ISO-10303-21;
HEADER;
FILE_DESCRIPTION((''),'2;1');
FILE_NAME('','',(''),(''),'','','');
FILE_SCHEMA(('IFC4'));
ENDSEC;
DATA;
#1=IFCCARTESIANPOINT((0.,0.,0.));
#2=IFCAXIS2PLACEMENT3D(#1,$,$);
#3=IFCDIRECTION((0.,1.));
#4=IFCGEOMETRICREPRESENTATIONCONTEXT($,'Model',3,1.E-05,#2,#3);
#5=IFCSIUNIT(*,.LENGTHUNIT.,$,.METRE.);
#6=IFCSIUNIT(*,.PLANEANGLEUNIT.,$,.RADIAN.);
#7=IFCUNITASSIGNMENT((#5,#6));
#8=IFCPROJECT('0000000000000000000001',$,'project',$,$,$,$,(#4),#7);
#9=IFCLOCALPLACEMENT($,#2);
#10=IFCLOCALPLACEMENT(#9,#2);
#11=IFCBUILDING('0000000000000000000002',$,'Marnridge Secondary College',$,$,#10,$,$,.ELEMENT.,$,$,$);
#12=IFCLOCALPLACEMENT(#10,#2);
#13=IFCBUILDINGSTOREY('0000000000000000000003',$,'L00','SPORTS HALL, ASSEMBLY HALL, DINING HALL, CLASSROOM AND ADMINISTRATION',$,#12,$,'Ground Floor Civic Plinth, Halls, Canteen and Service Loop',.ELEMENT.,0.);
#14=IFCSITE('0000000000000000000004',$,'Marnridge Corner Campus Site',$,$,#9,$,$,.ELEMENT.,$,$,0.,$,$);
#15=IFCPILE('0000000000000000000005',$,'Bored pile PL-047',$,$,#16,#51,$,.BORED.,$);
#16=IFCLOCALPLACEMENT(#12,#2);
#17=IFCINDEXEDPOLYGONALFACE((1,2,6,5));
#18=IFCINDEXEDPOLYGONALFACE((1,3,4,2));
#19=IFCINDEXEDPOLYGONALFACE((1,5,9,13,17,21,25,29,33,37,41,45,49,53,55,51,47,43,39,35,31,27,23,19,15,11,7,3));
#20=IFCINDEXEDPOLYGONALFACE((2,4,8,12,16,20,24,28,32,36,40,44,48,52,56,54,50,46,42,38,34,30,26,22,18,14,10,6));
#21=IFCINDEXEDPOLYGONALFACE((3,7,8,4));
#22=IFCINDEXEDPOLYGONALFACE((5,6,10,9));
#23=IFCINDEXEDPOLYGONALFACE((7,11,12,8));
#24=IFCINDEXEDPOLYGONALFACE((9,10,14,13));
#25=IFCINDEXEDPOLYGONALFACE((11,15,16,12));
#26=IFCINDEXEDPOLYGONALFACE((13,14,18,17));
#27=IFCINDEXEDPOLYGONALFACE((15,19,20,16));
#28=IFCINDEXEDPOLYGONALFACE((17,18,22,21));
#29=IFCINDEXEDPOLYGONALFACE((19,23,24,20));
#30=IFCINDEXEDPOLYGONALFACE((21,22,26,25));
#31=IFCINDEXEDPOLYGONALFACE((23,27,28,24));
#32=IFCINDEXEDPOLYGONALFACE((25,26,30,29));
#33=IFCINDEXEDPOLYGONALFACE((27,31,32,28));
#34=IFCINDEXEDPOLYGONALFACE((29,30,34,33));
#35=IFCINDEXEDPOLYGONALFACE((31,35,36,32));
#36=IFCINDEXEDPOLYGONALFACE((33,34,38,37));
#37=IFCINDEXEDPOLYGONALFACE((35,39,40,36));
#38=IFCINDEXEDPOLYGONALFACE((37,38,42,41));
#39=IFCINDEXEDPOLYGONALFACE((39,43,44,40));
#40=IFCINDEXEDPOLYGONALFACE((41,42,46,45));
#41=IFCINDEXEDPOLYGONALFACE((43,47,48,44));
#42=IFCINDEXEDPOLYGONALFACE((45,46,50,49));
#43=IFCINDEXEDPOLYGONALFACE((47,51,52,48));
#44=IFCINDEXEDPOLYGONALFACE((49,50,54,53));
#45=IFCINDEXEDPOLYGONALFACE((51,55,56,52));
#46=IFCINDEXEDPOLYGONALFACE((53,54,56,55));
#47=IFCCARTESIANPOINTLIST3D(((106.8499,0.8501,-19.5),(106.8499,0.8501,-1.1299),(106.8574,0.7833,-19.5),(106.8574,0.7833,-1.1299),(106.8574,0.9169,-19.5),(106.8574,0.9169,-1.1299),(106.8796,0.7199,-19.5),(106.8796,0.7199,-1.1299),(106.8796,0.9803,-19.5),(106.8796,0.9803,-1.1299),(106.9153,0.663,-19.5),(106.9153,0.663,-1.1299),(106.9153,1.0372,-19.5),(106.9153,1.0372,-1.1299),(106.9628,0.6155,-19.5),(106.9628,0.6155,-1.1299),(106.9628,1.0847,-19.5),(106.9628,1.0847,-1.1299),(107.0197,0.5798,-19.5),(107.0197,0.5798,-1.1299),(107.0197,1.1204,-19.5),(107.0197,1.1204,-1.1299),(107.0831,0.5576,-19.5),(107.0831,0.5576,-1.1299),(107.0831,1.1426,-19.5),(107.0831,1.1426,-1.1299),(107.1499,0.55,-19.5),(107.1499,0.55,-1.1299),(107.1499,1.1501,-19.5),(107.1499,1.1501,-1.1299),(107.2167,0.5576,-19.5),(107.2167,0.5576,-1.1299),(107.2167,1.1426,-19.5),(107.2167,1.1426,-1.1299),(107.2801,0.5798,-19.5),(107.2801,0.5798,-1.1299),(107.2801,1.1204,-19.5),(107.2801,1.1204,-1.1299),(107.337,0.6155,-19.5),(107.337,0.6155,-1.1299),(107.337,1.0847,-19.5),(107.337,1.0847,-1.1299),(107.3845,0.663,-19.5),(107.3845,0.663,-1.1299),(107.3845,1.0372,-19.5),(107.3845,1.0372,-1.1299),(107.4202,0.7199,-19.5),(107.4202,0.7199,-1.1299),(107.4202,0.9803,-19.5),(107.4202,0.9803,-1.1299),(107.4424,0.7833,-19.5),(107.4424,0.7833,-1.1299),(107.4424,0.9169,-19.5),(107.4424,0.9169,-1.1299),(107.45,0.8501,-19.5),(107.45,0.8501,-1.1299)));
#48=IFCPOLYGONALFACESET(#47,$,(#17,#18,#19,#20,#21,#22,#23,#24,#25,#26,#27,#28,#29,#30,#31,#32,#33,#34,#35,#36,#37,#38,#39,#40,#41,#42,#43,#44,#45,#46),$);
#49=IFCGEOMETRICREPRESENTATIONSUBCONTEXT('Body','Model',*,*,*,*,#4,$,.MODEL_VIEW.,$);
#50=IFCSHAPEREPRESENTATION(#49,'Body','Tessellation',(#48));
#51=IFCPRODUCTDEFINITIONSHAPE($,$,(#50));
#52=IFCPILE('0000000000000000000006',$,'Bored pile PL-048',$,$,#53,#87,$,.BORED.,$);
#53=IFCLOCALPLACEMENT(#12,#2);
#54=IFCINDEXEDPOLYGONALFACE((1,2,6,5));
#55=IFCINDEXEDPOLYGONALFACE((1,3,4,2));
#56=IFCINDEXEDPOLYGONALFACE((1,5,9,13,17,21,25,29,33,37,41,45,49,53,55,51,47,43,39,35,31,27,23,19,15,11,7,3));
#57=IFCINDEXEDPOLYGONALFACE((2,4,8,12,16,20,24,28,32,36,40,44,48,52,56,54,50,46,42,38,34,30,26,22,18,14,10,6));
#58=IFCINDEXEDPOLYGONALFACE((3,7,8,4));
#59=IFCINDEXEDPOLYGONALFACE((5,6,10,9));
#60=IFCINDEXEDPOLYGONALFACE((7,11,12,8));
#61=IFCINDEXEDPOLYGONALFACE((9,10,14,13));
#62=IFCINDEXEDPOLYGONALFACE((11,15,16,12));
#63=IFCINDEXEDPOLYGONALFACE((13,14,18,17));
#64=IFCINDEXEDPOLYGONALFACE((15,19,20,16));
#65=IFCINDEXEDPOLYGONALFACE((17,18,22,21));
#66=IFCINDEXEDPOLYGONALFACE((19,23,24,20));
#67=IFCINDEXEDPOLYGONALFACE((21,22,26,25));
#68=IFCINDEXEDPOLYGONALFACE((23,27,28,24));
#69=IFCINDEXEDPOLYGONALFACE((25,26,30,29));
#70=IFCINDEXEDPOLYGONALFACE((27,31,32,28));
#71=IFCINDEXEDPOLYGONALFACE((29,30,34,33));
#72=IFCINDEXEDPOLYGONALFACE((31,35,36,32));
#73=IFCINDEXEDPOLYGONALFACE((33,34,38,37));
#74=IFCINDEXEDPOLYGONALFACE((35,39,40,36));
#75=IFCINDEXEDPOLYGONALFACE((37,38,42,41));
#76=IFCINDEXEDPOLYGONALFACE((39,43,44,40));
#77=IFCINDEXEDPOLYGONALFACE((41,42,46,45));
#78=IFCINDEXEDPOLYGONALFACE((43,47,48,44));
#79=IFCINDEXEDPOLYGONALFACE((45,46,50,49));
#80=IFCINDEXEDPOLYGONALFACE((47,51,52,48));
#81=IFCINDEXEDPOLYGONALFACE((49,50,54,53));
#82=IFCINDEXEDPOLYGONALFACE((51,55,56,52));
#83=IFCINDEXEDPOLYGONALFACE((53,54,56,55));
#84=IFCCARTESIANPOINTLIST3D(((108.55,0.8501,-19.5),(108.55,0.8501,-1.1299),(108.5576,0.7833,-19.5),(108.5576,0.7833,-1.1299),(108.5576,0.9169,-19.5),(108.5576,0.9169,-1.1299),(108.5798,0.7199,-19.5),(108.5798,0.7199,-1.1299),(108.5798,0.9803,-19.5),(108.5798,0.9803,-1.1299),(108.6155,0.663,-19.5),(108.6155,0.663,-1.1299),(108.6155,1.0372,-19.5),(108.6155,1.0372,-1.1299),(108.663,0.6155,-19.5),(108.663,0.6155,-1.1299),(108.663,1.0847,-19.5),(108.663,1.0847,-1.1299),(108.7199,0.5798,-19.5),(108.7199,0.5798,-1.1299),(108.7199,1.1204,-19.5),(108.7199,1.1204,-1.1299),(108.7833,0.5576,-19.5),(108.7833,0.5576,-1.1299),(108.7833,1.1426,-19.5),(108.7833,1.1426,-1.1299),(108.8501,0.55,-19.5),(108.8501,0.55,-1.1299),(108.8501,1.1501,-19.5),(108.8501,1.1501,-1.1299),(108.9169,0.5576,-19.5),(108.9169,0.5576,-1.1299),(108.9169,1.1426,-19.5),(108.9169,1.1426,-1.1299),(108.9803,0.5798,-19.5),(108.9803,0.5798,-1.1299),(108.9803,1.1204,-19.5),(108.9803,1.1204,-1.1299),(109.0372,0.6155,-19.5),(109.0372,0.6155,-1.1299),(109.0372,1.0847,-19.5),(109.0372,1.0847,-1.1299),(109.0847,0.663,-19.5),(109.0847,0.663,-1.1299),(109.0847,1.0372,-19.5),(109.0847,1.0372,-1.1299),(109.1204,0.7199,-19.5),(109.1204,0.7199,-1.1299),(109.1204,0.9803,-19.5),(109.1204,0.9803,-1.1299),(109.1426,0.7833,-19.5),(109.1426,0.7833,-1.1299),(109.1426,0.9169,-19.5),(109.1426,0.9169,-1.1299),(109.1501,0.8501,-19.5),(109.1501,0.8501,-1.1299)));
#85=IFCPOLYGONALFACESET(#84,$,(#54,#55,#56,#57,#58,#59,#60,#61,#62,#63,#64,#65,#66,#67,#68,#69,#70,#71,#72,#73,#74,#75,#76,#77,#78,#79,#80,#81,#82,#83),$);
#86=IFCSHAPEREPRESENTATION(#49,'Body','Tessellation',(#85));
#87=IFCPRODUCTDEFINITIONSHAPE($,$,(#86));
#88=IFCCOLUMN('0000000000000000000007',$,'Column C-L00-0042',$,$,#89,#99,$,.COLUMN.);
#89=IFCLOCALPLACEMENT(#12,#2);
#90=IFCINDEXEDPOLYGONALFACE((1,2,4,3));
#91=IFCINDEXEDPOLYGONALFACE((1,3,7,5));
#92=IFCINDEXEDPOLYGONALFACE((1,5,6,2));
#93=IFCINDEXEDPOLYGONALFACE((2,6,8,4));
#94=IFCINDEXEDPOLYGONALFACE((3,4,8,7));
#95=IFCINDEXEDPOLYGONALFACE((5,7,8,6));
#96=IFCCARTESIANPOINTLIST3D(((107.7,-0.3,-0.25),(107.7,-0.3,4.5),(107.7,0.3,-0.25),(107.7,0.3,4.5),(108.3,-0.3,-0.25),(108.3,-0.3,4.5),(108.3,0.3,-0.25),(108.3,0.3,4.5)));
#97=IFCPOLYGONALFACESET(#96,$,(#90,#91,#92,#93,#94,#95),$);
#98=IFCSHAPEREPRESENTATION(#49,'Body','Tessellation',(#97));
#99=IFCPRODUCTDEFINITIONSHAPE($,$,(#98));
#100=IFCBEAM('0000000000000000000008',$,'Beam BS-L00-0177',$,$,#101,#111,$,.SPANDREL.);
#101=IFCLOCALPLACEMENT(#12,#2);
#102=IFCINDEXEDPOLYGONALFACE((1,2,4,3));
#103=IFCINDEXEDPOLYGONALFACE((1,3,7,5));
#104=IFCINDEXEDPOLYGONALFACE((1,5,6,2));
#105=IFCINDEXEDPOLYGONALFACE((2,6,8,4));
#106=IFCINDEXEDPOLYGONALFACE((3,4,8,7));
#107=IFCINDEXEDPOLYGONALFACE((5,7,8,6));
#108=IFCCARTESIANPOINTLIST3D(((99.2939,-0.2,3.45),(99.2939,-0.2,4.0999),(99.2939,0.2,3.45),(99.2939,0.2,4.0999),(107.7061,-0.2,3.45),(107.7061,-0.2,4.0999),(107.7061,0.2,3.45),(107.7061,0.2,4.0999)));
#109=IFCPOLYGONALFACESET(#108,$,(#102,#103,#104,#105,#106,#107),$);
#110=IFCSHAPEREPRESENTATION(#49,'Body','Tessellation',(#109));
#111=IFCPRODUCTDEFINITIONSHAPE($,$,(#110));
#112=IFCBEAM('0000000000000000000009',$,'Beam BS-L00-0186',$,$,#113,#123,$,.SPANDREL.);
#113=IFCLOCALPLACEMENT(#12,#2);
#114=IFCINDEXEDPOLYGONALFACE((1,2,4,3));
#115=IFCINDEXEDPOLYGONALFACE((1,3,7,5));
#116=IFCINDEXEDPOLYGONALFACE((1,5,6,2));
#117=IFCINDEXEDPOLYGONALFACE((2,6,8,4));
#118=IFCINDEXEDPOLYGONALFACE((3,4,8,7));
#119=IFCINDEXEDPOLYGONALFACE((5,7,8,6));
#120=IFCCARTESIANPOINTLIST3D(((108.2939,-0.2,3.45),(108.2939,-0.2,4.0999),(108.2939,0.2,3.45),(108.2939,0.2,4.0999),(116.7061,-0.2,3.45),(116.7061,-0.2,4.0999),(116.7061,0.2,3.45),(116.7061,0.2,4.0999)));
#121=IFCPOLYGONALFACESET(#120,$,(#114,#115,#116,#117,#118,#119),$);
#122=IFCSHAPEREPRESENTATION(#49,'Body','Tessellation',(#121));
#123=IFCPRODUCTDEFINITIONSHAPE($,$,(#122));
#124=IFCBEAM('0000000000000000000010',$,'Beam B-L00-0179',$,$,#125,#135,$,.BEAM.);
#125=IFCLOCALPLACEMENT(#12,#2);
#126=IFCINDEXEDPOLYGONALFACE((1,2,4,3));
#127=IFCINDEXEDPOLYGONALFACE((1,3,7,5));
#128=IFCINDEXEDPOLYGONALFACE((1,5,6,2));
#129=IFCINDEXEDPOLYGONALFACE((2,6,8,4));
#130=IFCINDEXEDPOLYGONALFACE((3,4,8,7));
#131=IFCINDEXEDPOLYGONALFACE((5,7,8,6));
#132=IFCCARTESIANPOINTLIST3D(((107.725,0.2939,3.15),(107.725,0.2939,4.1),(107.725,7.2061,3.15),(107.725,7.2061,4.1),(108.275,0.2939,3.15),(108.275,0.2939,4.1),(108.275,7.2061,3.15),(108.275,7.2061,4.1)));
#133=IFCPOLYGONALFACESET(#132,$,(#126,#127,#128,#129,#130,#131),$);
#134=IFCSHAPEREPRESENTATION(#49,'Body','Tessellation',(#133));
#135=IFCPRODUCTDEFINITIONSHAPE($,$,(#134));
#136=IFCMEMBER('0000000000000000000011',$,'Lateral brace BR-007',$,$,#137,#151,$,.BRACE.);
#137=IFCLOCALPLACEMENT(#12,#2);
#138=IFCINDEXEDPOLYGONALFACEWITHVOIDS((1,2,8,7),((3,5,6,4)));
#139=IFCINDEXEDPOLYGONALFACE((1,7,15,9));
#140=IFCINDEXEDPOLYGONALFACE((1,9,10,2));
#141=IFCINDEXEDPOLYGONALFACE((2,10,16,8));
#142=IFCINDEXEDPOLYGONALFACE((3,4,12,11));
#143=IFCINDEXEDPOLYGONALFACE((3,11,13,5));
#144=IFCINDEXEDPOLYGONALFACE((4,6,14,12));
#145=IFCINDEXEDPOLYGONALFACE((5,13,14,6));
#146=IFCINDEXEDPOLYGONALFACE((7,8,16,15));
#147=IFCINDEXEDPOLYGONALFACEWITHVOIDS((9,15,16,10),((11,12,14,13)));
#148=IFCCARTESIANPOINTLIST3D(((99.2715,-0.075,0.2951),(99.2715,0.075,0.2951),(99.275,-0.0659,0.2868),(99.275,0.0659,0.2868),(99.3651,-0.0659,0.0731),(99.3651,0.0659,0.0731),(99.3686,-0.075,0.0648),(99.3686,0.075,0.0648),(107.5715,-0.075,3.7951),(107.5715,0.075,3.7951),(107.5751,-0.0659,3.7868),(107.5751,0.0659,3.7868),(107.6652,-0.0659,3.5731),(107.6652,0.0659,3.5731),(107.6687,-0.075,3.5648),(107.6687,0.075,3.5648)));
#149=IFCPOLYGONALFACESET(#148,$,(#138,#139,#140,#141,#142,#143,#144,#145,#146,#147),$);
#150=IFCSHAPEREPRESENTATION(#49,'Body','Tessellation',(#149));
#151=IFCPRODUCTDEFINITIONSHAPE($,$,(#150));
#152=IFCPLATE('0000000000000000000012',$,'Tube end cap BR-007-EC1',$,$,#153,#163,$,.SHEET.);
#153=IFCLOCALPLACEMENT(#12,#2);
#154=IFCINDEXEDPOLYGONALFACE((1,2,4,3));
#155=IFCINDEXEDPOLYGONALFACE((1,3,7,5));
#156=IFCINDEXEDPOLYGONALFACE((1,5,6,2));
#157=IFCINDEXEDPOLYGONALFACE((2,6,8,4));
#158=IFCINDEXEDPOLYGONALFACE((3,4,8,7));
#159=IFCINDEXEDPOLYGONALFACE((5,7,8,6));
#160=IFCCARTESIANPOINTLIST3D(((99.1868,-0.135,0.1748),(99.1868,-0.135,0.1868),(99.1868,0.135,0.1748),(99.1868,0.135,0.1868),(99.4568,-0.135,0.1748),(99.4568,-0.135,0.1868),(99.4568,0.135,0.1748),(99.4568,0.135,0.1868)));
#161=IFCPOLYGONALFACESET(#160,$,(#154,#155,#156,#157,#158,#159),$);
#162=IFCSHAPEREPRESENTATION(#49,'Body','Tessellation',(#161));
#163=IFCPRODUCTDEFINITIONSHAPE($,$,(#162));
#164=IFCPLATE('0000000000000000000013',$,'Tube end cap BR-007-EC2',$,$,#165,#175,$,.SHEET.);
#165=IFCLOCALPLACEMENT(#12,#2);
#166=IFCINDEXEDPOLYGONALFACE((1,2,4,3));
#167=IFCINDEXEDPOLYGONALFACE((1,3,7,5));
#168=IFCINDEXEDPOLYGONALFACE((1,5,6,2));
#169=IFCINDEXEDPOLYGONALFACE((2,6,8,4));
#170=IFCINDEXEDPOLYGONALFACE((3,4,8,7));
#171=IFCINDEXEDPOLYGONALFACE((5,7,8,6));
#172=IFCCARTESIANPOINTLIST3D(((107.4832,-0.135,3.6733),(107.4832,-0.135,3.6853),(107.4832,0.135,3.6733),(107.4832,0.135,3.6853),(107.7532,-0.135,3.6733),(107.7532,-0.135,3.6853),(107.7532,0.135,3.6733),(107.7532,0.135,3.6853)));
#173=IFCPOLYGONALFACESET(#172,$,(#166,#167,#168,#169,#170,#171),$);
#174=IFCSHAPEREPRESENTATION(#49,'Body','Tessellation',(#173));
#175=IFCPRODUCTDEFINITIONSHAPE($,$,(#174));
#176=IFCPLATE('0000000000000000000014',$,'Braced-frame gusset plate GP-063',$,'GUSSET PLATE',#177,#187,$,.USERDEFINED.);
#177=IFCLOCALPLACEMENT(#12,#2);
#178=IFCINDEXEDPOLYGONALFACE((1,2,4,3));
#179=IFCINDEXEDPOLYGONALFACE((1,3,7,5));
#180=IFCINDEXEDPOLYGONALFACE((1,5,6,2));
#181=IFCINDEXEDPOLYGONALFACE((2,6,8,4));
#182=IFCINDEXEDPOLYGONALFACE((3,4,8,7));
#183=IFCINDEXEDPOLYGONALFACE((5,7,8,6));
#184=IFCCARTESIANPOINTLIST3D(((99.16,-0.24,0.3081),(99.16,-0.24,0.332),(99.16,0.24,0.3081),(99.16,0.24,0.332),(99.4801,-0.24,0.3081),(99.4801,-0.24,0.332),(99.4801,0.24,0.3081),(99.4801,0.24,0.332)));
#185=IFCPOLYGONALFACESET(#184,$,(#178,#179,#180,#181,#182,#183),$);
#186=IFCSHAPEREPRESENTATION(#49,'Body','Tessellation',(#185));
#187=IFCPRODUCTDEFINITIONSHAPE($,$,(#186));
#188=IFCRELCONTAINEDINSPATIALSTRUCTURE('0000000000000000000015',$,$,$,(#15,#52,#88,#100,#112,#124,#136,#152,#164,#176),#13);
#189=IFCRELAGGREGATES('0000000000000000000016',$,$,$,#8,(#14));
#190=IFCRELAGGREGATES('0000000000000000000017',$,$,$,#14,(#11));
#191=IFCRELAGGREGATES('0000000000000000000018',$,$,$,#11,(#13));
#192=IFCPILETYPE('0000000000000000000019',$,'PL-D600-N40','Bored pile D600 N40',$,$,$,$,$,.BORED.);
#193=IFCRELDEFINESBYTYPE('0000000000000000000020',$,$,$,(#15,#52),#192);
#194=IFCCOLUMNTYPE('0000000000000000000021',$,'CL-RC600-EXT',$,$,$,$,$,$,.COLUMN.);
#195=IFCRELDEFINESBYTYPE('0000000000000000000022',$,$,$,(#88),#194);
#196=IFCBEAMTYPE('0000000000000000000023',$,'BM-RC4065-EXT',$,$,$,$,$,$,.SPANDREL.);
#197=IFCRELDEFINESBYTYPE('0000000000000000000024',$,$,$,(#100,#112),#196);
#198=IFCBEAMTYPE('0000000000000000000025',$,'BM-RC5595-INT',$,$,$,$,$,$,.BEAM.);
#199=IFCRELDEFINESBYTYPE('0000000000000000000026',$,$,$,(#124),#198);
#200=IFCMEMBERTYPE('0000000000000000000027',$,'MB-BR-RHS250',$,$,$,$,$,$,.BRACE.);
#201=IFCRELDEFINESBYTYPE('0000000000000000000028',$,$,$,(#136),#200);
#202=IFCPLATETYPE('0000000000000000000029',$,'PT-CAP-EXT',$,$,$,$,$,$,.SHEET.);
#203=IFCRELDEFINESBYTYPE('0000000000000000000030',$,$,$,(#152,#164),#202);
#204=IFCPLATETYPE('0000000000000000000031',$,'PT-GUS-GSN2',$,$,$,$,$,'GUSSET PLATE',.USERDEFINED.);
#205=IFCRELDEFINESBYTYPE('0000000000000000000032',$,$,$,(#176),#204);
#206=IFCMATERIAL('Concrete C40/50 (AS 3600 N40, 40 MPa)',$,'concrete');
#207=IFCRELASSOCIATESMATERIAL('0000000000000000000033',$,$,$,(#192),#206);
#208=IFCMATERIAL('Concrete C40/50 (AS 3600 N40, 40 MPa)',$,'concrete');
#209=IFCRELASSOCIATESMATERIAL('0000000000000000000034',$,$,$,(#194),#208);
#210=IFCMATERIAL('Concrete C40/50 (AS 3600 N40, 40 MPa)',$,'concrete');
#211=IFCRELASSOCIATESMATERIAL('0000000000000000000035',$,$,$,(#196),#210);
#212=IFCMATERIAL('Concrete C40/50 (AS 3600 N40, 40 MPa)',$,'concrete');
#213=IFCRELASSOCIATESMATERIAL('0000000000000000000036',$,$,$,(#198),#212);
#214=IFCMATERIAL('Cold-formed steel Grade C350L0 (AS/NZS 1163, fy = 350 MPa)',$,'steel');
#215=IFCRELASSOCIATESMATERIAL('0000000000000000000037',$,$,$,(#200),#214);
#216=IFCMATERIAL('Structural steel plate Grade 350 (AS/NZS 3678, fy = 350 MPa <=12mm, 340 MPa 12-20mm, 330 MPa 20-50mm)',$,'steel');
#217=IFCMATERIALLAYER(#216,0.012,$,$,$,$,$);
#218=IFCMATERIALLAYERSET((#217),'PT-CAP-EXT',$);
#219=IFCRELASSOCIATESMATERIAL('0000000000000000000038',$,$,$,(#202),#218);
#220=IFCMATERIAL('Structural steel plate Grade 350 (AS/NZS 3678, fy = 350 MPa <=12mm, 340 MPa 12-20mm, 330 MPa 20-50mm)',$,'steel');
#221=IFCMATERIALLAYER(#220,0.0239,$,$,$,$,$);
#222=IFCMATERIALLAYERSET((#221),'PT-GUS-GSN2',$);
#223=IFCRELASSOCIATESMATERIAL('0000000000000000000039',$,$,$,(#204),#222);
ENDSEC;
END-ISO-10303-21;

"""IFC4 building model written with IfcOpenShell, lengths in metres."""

from ifc_helpers import new_model, si_unit, direction, frame, origin, origin_2d, place, context, subcontext, project, spatial, rectangle, hollow_rectangle, circle, extrude, material, layer, layer_set, material_profile, profile_set, type_object, element, save


model = new_model("IFC4")

# Units and contexts
model_context = context("Model", 3, precision=1e-05, world=origin(), true_north=direction((0.0, 1.0)))
body_context = subcontext(model_context, "Body", "Model", "MODEL_VIEW")
ifc_project = project(units=[si_unit("LENGTHUNIT", "METRE"), si_unit("PLANEANGLEUNIT", "RADIAN")], contexts=[model_context])

# Site, building, storey
site_placement = place(None, origin())
site = spatial("IfcSite", under=ifc_project, at=site_placement, Name="Marnridge Corner Campus Site", CompositionType="ELEMENT", RefElevation=0.0)
building_placement = place(site_placement, origin())
building = spatial("IfcBuilding", under=site, at=building_placement, Name="Marnridge Secondary College", CompositionType="ELEMENT")
storey_placement = place(building_placement, origin())
storey = spatial("IfcBuildingStorey", under=building, at=storey_placement, Name="L00", Description="SPORTS HALL, ASSEMBLY HALL, DINING HALL, CLASSROOM AND ADMINISTRATION", LongName="Ground Floor Civic Plinth, Halls, Canteen and Service Loop", CompositionType="ELEMENT", Elevation=0.0)

# Piles
ifc_material_1 = material(Name="Concrete C40/50 (AS 3600 N40, 40 MPa)", Category="concrete")
ifc_material_profile_1 = material_profile(ifc_material_1, circle(Radius=0.3, at=origin_2d()), Name="PILE D600")
ifc_profile_set_1 = profile_set([ifc_material_profile_1], Name="Concrete C40/50 (AS 3600 N40, 40 MPa)")
pile_type = type_object("IfcPileType", Name="PL-D600-N40", Description="Bored pile D600 N40", PredefinedType="BORED", material=ifc_profile_set_1)
for number, where, z_axis, x_axis, name in (
    (1, (107.1499, 0.8501, -1.1299), (0.0, 0.0, -1.0), (1.0, 0.0, 0.0), "Bored pile PL-047"),
    (2, (108.8501, 0.8501, -1.1299), (0.0, 0.0, -1.0), (1.0, 0.0, 0.0), "Bored pile PL-048"),
):
    element("IfcPile", number, at=place(storey_placement, frame(where, z_axis=z_axis, x_axis=x_axis)), inside=storey, type_object=pile_type, Name=name, PredefinedType="BORED", context=body_context, shape_type="SweptSolid", body=[
        extrude(circle(Radius=0.3, at=origin_2d()), origin(), (0.0, 0.0, 1.0), 18.3701),
    ])

# Column
ifc_material_2 = material(Name="Concrete C40/50 (AS 3600 N40, 40 MPa)", Category="concrete")
ifc_material_profile_2 = material_profile(ifc_material_2, rectangle(XDim=0.6001, YDim=0.6001, at=origin_2d()), Name="RC 600x600")
ifc_profile_set_2 = profile_set([ifc_material_profile_2], Name="Concrete C40/50 (AS 3600 N40, 40 MPa)")
column_type = type_object("IfcColumnType", Name="CL-RC600-EXT", PredefinedType="COLUMN", material=ifc_profile_set_2)
column_placement = place(storey_placement, frame((108.0, 0.0, -0.25), z_axis=(0.0, 0.0, 1.0), x_axis=(1.0, 0.0, 0.0)))
element("IfcColumn", 3, at=column_placement, inside=storey, type_object=column_type, Name="Column C-L00-0042", PredefinedType="COLUMN", context=body_context, shape_type="SweptSolid", body=[
    extrude(rectangle(XDim=0.6001, YDim=0.6001, at=origin_2d()), origin(), (0.0, 0.0, 1.0), 4.75),
])

# Beams
ifc_material_3 = material(Name="Concrete C40/50 (AS 3600 N40, 40 MPa)", Category="concrete")
ifc_material_profile_3 = material_profile(ifc_material_3, rectangle(XDim=0.3999, YDim=0.6499, at=origin_2d()), Name="RC 400x650")
ifc_profile_set_3 = profile_set([ifc_material_profile_3], Name="Concrete C40/50 (AS 3600 N40, 40 MPa)")
beam_type_1 = type_object("IfcBeamType", Name="BM-RC4065-EXT", PredefinedType="SPANDREL", material=ifc_profile_set_3)
for number, where, z_axis, x_axis, name in (
    (4, (99.2939, 0.0, 3.7749), (1.0, 0.0, 0.0), (0.0, 1.0, 0.0), "Beam BS-L00-0177"),
    (5, (108.2939, 0.0, 3.7749), (1.0, 0.0, 0.0), (0.0, 1.0, 0.0), "Beam BS-L00-0186"),
):
    element("IfcBeam", number, at=place(storey_placement, frame(where, z_axis=z_axis, x_axis=x_axis)), inside=storey, type_object=beam_type_1, Name=name, PredefinedType="SPANDREL", context=body_context, shape_type="SweptSolid", body=[
        extrude(rectangle(XDim=0.3999, YDim=0.6499, at=origin_2d()), origin(), (0.0, 0.0, 1.0), 8.4121),
    ])
ifc_material_4 = material(Name="Concrete C40/50 (AS 3600 N40, 40 MPa)", Category="concrete")
ifc_material_profile_4 = material_profile(ifc_material_4, rectangle(XDim=0.55, YDim=0.95, at=origin_2d()), Name="RC 550x950")
ifc_profile_set_4 = profile_set([ifc_material_profile_4], Name="Concrete C40/50 (AS 3600 N40, 40 MPa)")
beam_type_2 = type_object("IfcBeamType", Name="BM-RC5595-INT", PredefinedType="BEAM", material=ifc_profile_set_4)
beam_placement = place(storey_placement, frame((108.0, 0.2939, 3.625), z_axis=(0.0, 1.0, 0.0), x_axis=(-1.0, 0.0, 0.0)))
element("IfcBeam", 6, at=beam_placement, inside=storey, type_object=beam_type_2, Name="Beam B-L00-0179", PredefinedType="BEAM", context=body_context, shape_type="SweptSolid", body=[
    extrude(rectangle(XDim=0.55, YDim=0.95, at=origin_2d()), origin(), (0.0, 0.0, 1.0), 6.9121),
])

# Member
ifc_material_5 = material(Name="Cold-formed steel Grade C350L0 (AS/NZS 1163, fy = 350 MPa)", Category="steel")
ifc_material_profile_5 = material_profile(ifc_material_5, hollow_rectangle(XDim=0.1499, YDim=0.25, WallThickness=0.009, at=origin_2d()), Name="250x150x9.0RHS")
ifc_profile_set_5 = profile_set([ifc_material_profile_5], Name="Cold-formed steel Grade C350L0 (AS/NZS 1163, fy = 350 MPa)")
member_type = type_object("IfcMemberType", Name="MB-BR-RHS250", PredefinedType="BRACE", material=ifc_profile_set_5)
member_placement = place(storey_placement, frame((99.3201, 0.0, 0.1799), z_axis=(0.921427, 0.0, 0.388551), x_axis=(0.0, 1.0, 0.0)))
element("IfcMember", 7, at=member_placement, inside=storey, type_object=member_type, Name="Lateral brace BR-007", PredefinedType="BRACE", context=body_context, shape_type="SweptSolid", body=[
    extrude(hollow_rectangle(XDim=0.1499, YDim=0.25, WallThickness=0.009, at=origin_2d()), origin(), (0.0, 0.0, 1.0), 9.0078),
])

# Plates
ifc_material_6 = material(Name="Structural steel plate Grade 350 (AS/NZS 3678, fy = 350 MPa <=12mm, 340 MPa 12-20mm, 330 MPa 20-50mm)", Category="steel")
ifc_layer_1 = layer(ifc_material_6, 0.012)
ifc_layer_set_1 = layer_set([ifc_layer_1], Name="PT-CAP-EXT")
plate_type_1 = type_object("IfcPlateType", Name="PT-CAP-EXT", PredefinedType="SHEET", material=ifc_layer_set_1)
for number, where, z_axis, x_axis, name in (
    (8, (99.3218, 0.0, 0.1748), (0.0, 0.0, 1.0), (1.0, 0.0, 0.0), "Tube end cap BR-007-EC1"),
    (9, (107.6182, 0.0, 3.6733), (0.0, 0.0, 1.0), (1.0, 0.0, 0.0), "Tube end cap BR-007-EC2"),
):
    element("IfcPlate", number, at=place(storey_placement, frame(where, z_axis=z_axis, x_axis=x_axis)), inside=storey, type_object=plate_type_1, Name=name, PredefinedType="SHEET", context=body_context, shape_type="SweptSolid", body=[
        extrude(rectangle(XDim=0.27, YDim=0.27, at=origin_2d()), origin(), (0.0, 0.0, 1.0), 0.012),
    ])
ifc_material_7 = material(Name="Structural steel plate Grade 350 (AS/NZS 3678, fy = 350 MPa <=12mm, 340 MPa 12-20mm, 330 MPa 20-50mm)", Category="steel")
ifc_layer_2 = layer(ifc_material_7, 0.0239)
ifc_layer_set_2 = layer_set([ifc_layer_2], Name="PT-GUS-GSN2")
plate_type_2 = type_object("IfcPlateType", Name="PT-GUS-GSN2", ElementType="GUSSET PLATE", PredefinedType="USERDEFINED", material=ifc_layer_set_2)
for number, where, z_axis, x_axis, name in (
    (10, (99.3201, 0.0, 0.3081), (0.0, 0.0, 1.0), (0.0, 1.0, 0.0), "Braced-frame gusset plate GP-063"),
):
    element("IfcPlate", number, at=place(storey_placement, frame(where, z_axis=z_axis, x_axis=x_axis)), inside=storey, type_object=plate_type_2, Name=name, ObjectType="GUSSET PLATE", PredefinedType="USERDEFINED", context=body_context, shape_type="SweptSolid", body=[
        extrude(rectangle(XDim=0.48, YDim=0.3201, at=origin_2d()), origin(), (0.0, 0.0, 1.0), 0.0239),
    ])

save(model, "model.ifc")
